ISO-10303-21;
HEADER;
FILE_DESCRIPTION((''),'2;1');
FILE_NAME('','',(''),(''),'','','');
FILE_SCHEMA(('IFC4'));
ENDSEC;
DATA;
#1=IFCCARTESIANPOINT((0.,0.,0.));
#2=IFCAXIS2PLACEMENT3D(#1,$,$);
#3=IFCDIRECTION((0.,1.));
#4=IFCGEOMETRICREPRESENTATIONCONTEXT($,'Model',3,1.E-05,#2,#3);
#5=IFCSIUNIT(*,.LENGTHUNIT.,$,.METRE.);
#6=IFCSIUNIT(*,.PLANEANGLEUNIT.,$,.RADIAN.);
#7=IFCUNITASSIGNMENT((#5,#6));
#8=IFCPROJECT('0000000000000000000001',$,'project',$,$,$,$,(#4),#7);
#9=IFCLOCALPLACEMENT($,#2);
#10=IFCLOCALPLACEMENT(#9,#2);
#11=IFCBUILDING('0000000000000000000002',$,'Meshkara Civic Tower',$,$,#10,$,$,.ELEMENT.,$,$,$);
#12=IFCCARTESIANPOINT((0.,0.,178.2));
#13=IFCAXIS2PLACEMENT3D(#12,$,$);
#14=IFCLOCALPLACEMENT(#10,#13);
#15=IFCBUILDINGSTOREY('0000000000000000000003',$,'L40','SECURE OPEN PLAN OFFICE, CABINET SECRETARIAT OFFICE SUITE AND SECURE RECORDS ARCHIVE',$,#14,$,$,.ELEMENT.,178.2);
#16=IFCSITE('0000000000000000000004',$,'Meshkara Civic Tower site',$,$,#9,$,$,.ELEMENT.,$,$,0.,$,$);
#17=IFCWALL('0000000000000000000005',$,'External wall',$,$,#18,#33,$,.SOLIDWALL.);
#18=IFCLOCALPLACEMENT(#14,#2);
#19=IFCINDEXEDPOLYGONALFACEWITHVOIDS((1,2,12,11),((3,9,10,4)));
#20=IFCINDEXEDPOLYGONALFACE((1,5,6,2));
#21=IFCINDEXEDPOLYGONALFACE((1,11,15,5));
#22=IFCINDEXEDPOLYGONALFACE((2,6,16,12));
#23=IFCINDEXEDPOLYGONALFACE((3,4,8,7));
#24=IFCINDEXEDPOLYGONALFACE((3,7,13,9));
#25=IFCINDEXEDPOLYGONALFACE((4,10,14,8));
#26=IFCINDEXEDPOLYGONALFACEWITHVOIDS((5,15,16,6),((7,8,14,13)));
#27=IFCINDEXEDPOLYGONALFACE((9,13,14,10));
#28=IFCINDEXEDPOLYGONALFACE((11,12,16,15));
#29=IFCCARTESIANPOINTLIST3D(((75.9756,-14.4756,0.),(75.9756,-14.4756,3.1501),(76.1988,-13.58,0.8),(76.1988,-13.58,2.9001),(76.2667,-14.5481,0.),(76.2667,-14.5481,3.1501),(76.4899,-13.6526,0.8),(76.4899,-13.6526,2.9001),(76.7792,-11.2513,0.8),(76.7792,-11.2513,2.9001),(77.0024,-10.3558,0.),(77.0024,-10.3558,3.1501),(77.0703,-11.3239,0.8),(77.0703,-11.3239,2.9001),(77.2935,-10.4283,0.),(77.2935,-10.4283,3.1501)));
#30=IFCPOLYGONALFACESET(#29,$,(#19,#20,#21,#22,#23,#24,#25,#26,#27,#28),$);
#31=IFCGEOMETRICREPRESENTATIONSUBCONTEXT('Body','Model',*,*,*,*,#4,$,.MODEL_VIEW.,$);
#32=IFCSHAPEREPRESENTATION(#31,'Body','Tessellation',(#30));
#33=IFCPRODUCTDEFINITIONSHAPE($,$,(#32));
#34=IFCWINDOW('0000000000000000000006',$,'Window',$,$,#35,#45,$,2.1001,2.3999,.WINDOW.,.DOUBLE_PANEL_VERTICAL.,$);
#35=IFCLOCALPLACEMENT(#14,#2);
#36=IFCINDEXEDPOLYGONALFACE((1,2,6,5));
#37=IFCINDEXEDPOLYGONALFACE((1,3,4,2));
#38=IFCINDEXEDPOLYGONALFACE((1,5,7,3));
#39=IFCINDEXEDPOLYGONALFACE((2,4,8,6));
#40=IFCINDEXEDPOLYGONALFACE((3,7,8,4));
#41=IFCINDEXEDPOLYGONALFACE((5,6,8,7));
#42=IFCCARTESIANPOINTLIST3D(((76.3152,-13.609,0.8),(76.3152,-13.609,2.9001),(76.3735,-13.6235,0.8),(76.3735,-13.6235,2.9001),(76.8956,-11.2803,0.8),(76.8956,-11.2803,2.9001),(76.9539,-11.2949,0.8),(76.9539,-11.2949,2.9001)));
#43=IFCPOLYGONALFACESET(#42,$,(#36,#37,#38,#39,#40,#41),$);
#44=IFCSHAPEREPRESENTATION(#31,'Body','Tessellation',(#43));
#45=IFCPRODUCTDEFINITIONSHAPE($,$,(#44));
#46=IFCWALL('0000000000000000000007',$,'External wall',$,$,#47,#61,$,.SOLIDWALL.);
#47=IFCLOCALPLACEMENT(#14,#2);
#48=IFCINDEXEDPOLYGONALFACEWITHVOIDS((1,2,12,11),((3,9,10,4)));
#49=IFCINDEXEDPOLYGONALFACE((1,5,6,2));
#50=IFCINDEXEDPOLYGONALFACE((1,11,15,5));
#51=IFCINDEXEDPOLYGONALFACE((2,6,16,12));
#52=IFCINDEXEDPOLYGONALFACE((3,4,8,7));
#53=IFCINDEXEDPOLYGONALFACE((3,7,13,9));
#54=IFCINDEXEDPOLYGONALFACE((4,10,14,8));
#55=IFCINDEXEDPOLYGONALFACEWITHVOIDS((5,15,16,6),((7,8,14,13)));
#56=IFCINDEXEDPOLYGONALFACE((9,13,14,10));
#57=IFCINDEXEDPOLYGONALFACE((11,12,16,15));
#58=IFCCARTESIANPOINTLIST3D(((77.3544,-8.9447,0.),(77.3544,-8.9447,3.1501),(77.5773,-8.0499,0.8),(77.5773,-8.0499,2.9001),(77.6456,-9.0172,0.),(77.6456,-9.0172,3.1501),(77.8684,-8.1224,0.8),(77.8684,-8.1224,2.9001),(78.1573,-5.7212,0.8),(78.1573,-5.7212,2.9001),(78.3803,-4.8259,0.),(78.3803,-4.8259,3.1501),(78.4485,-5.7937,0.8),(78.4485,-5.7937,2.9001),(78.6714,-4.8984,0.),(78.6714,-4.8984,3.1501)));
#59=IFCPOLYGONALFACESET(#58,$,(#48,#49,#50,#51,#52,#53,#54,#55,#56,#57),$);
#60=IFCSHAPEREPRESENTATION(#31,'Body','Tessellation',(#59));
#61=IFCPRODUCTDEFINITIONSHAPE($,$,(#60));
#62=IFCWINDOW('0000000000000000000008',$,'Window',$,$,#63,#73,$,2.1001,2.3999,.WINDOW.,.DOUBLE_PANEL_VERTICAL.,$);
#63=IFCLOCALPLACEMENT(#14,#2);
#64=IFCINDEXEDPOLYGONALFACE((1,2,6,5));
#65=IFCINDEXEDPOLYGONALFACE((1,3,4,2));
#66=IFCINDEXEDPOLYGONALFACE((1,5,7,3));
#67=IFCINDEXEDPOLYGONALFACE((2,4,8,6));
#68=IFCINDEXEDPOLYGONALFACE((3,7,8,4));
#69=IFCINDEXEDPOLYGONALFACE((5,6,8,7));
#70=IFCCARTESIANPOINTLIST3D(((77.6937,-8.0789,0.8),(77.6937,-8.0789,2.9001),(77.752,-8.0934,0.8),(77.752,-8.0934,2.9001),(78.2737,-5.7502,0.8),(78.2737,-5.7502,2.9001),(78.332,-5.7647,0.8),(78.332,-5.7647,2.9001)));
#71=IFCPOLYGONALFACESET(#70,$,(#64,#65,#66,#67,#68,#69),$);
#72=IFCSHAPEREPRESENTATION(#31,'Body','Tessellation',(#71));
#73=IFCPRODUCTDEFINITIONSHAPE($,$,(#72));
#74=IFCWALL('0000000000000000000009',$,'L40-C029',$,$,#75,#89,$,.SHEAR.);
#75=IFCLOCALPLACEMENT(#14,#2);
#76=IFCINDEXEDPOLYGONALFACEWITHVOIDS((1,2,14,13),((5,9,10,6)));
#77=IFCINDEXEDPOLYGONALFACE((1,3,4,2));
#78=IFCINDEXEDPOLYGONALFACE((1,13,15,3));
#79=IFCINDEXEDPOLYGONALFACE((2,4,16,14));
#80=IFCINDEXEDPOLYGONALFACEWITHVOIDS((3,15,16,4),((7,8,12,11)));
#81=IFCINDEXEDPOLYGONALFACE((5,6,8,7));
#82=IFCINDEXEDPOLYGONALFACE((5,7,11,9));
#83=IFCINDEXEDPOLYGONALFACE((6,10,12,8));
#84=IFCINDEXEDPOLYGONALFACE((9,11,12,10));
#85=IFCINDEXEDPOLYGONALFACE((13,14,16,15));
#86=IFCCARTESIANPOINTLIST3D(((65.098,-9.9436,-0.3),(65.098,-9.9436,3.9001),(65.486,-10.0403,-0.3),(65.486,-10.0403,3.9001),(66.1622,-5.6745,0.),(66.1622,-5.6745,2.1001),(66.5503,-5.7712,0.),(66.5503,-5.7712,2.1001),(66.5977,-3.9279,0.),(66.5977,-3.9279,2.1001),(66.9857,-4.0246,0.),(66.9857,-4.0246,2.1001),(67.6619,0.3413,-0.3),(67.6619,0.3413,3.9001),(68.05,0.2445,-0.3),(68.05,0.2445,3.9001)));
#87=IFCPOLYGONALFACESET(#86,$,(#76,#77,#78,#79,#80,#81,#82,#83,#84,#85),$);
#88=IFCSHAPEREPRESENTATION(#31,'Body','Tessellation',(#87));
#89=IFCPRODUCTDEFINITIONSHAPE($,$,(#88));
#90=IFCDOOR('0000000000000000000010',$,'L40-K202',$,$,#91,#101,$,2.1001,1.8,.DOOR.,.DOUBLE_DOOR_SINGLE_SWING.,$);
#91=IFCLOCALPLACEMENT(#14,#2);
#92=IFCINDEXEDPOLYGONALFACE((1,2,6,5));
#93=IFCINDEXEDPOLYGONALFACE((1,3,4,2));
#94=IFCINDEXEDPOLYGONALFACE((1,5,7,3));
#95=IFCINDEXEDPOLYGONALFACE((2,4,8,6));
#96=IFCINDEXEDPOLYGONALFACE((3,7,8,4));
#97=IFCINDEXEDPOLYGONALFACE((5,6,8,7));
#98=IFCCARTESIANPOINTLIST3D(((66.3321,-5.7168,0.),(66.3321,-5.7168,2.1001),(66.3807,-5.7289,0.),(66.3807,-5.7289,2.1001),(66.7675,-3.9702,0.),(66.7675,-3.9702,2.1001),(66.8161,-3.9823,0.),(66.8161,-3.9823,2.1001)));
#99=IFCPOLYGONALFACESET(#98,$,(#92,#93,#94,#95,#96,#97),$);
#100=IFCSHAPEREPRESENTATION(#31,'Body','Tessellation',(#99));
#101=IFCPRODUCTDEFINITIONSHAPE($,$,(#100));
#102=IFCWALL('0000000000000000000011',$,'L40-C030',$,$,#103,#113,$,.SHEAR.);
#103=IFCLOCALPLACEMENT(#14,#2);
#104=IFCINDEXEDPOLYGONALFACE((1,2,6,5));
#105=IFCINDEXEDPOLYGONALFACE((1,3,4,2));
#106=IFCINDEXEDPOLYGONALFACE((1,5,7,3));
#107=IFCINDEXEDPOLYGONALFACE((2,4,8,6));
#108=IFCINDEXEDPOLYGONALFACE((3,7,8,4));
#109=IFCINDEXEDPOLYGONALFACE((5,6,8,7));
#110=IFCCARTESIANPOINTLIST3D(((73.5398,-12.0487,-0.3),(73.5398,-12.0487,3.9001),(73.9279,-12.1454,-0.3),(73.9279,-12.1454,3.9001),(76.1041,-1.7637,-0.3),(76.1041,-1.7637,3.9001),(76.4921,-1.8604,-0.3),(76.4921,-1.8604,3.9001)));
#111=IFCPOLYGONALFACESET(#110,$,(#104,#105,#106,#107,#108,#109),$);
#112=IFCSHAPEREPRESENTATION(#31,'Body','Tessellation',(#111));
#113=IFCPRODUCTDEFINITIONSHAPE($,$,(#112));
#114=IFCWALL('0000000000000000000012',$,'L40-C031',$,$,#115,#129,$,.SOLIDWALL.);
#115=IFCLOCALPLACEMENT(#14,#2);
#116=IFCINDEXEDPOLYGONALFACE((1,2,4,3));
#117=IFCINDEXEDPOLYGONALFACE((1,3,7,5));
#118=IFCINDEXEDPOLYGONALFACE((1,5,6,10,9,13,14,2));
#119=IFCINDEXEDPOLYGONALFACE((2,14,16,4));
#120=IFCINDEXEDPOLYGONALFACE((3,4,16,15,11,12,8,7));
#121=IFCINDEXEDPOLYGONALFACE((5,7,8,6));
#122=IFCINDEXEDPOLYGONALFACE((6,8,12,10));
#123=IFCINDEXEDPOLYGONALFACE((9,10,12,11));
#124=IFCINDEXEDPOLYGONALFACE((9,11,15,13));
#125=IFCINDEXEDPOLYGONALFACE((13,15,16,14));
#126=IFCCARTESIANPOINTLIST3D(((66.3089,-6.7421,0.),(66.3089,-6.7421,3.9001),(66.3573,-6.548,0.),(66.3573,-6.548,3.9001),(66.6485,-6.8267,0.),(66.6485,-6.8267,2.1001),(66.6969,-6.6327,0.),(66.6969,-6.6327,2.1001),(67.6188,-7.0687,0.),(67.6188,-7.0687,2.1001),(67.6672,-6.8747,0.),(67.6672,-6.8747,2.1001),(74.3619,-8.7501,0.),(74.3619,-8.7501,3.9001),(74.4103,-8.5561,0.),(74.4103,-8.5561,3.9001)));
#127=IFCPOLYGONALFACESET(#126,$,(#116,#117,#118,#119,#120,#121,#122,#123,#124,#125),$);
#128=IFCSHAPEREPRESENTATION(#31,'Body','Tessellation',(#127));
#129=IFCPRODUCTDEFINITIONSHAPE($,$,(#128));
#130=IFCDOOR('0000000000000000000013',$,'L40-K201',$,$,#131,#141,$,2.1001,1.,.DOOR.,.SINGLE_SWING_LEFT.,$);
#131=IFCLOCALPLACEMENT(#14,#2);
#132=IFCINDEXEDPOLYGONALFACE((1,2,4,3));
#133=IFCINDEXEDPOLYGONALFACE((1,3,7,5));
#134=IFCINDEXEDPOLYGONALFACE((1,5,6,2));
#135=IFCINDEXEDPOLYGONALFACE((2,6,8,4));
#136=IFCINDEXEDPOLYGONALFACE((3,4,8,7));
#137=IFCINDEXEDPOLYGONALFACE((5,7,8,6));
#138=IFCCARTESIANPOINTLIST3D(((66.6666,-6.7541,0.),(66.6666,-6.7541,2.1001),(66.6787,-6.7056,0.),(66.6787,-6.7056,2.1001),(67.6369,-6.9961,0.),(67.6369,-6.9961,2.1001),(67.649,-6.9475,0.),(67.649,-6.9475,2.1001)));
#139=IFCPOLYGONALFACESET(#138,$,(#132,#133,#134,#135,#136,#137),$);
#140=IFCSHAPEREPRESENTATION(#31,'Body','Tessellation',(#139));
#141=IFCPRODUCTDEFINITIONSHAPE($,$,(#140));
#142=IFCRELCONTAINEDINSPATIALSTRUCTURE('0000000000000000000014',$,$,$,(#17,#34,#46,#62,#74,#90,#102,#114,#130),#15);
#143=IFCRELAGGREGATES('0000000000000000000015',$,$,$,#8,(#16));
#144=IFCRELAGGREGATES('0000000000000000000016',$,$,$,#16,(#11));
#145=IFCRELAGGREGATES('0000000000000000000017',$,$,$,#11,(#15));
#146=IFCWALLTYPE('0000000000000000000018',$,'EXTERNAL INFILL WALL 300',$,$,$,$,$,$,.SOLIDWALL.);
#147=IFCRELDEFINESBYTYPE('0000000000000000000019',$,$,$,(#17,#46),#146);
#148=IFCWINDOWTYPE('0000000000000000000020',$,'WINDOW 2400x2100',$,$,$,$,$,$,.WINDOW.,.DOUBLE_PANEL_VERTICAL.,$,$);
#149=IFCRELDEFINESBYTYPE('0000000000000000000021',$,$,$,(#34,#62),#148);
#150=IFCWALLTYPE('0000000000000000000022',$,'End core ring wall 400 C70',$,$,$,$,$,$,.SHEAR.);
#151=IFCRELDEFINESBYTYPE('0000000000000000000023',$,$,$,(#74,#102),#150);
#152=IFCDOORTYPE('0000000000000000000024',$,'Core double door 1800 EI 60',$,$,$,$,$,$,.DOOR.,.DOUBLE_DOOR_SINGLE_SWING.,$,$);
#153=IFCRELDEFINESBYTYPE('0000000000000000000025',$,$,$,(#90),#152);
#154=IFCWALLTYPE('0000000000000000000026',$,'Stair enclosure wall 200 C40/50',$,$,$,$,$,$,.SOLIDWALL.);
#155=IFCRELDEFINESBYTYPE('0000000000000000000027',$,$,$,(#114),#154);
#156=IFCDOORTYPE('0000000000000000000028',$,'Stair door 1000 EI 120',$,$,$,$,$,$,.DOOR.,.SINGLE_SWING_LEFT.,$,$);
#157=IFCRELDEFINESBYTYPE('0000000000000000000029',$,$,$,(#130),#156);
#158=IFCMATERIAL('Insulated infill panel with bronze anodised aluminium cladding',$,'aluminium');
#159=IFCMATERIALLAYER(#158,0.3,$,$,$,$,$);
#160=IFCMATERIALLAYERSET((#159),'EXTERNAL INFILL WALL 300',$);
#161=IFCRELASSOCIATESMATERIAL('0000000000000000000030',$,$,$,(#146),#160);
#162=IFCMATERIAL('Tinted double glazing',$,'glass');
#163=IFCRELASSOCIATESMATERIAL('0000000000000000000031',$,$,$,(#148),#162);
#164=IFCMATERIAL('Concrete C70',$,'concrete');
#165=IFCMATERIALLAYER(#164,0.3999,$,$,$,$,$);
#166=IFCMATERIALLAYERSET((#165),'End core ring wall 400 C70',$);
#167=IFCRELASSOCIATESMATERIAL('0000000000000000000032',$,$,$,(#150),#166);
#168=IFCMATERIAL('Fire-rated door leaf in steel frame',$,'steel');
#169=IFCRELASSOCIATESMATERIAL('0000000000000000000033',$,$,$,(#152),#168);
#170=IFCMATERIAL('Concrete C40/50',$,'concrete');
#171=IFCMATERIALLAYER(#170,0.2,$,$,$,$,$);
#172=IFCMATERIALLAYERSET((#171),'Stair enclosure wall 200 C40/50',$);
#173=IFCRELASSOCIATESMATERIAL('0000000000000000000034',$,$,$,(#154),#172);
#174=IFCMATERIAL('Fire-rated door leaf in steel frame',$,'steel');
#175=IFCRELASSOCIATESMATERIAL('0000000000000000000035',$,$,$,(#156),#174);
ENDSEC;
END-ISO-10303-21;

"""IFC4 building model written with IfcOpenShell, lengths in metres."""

from ifc_helpers import new_model, si_unit, direction, frame, frame_2d, origin, place, context, subcontext, project, spatial, rectangle, extrude, material, layer, layer_set, type_object, element, fill, save


model = new_model("IFC4")

# Units and contexts
model_context = context("Model", 3, precision=1e-05, world=origin(), true_north=direction((0.0, 1.0)))
body_context = subcontext(model_context, "Body", "Model", "MODEL_VIEW")
ifc_project = project(units=[si_unit("LENGTHUNIT", "METRE"), si_unit("PLANEANGLEUNIT", "RADIAN")], contexts=[model_context])

# Site, building, storey
site_placement = place(None, origin())
site = spatial("IfcSite", under=ifc_project, at=site_placement, Name="Meshkara Civic Tower site", CompositionType="ELEMENT", RefElevation=0.0)
building_placement = place(site_placement, origin())
building = spatial("IfcBuilding", under=site, at=building_placement, Name="Meshkara Civic Tower", CompositionType="ELEMENT")
storey_placement = place(building_placement, frame((0.0, 0.0, 178.2)))
storey = spatial("IfcBuildingStorey", under=building, at=storey_placement, Name="L40", Description="SECURE OPEN PLAN OFFICE, CABINET SECRETARIAT OFFICE SUITE AND SECURE RECORDS ARCHIVE", CompositionType="ELEMENT", Elevation=178.2)

# Walls, openings, windows
ifc_material_1 = material(Name="Insulated infill panel with bronze anodised aluminium cladding", Category="aluminium")
ifc_layer_1 = layer(ifc_material_1, 0.3)
ifc_layer_set_1 = layer_set([ifc_layer_1], Name="EXTERNAL INFILL WALL 300")
wall_type_1 = type_object("IfcWallType", Name="EXTERNAL INFILL WALL 300", PredefinedType="SOLIDWALL", material=ifc_layer_set_1)
ifc_material_2 = material(Name="Tinted double glazing", Category="glass")
window_type_1 = type_object("IfcWindowType", Name="WINDOW 2400x2100", PartitioningType="DOUBLE_PANEL_VERTICAL", PredefinedType="WINDOW", material=ifc_material_2)
wall_1_placement = place(storey_placement, frame((76.1211, -14.512, 0.0), z_axis=(0.0, 0.0, 1.0), x_axis=(0.241846, 0.970315, 0.0)))
wall_1 = element("IfcWall", 1, at=wall_1_placement, inside=storey, type_object=wall_type_1, Name="External wall", PredefinedType="SOLIDWALL", context=body_context, shape_type="SweptSolid", body=[
    extrude(rectangle(XDim=4.2458, YDim=0.3, at=frame_2d((2.123, 0.0))), origin(), (0.0, 0.0, 1.0), 3.1501),
])
opening_1_placement = place(wall_1_placement, frame((0.9231, 0.0, 0.8)))
opening_1 = element("IfcOpeningElement", 2, at=opening_1_placement, cuts=wall_1, PredefinedType="OPENING", context=body_context, shape_type="SweptSolid", body=[
    extrude(rectangle(XDim=2.3999, YDim=2.1001, at=frame_2d((1.2, 1.05))), frame((0.0, 0.1599, 0.0), z_axis=(0.0, -1.0, 0.0), x_axis=(1.0, 0.0, 0.0)), (0.0, 0.0, 1.0), 0.3201),
])
window_1_placement = place(opening_1_placement, origin())
window_1 = element("IfcWindow", 3, at=window_1_placement, inside=storey, type_object=window_type_1, Name="Window", OverallHeight=2.1001, OverallWidth=2.3999, PartitioningType="DOUBLE_PANEL_VERTICAL", PredefinedType="WINDOW", context=body_context, shape_type="SweptSolid", body=[
    extrude(rectangle(XDim=2.3999, YDim=2.1001, at=frame_2d((1.2, 1.05))), frame((0.0, 0.03, 0.0), z_axis=(0.0, -1.0, 0.0), x_axis=(1.0, 0.0, 0.0)), (0.0, 0.0, 1.0), 0.0601),
])
fill(opening_1, window_1)
wall_2_placement = place(storey_placement, frame((77.5, -8.981, 0.0), z_axis=(0.0, 0.0, 1.0), x_axis=(0.241683, 0.970355, 0.0)))
wall_2 = element("IfcWall", 4, at=wall_2_placement, inside=storey, type_object=wall_type_1, Name="External wall", PredefinedType="SOLIDWALL", context=body_context, shape_type="SweptSolid", body=[
    extrude(rectangle(XDim=4.2446, YDim=0.3, at=frame_2d((2.1223, 0.0))), origin(), (0.0, 0.0, 1.0), 3.1501),
])
opening_2_placement = place(wall_2_placement, frame((0.9221, 0.0, 0.8)))
opening_2 = element("IfcOpeningElement", 5, at=opening_2_placement, cuts=wall_2, PredefinedType="OPENING", context=body_context, shape_type="SweptSolid", body=[
    extrude(rectangle(XDim=2.3999, YDim=2.1001, at=frame_2d((1.2, 1.05))), frame((0.0, 0.1599, 0.0), z_axis=(0.0, -1.0, 0.0), x_axis=(1.0, 0.0, 0.0)), (0.0, 0.0, 1.0), 0.3201),
])
window_2_placement = place(opening_2_placement, origin())
window_2 = element("IfcWindow", 6, at=window_2_placement, inside=storey, type_object=window_type_1, Name="Window", OverallHeight=2.1001, OverallWidth=2.3999, PartitioningType="DOUBLE_PANEL_VERTICAL", PredefinedType="WINDOW", context=body_context, shape_type="SweptSolid", body=[
    extrude(rectangle(XDim=2.3999, YDim=2.1001, at=frame_2d((1.2, 1.05))), frame((0.0, 0.03, 0.0), z_axis=(0.0, -1.0, 0.0), x_axis=(1.0, 0.0, 0.0)), (0.0, 0.0, 1.0), 0.0601),
])
fill(opening_2, window_2)

# Wall, opening, door
ifc_material_3 = material(Name="Concrete C70", Category="concrete")
ifc_layer_2 = layer(ifc_material_3, 0.3999)
ifc_layer_set_2 = layer_set([ifc_layer_2], Name="End core ring wall 400 C70")
wall_type_2 = type_object("IfcWallType", Name="End core ring wall 400 C70", PredefinedType="SHEAR", material=ifc_layer_set_2)
wall_3_placement = place(storey_placement, frame((65.292, -9.9919, -0.3), z_axis=(0.0, 0.0, 1.0), x_axis=(0.241891, 0.970304, 0.0)))
wall_3 = element("IfcWall", 7, at=wall_3_placement, inside=storey, type_object=wall_type_2, Name="L40-C029", PredefinedType="SHEAR", context=body_context, shape_type="SweptSolid", body=[
    extrude(rectangle(XDim=10.5996, YDim=0.3999, at=frame_2d((5.2998, 0.0))), origin(), (0.0, 0.0, 1.0), 4.2002),
])
opening_3_placement = place(wall_3_placement, frame((4.3999, 0.0, 0.3)))
opening_3 = element("IfcOpeningElement", 8, at=opening_3_placement, cuts=wall_3, PredefinedType="OPENING", context=body_context, shape_type="SweptSolid", body=[
    extrude(rectangle(XDim=1.8, YDim=2.1001, at=frame_2d((0.8999, 1.05))), frame((0.0, 0.21, 0.0), z_axis=(0.0, -1.0, 0.0), x_axis=(1.0, 0.0, 0.0)), (0.0, 0.0, 1.0), 0.4199),
])
ifc_material_4 = material(Name="Fire-rated door leaf in steel frame", Category="steel")
door_type_1 = type_object("IfcDoorType", Name="Core double door 1800 EI 60", OperationType="DOUBLE_DOOR_SINGLE_SWING", PredefinedType="DOOR", material=ifc_material_4)
door_1_placement = place(opening_3_placement, origin())
door_1 = element("IfcDoor", 9, at=door_1_placement, inside=storey, type_object=door_type_1, Name="L40-K202", OperationType="DOUBLE_DOOR_SINGLE_SWING", OverallHeight=2.1001, OverallWidth=1.8, PredefinedType="DOOR", context=body_context, shape_type="SweptSolid", body=[
    extrude(rectangle(XDim=1.8, YDim=2.1001, at=frame_2d((0.8999, 1.05))), frame((0.0, 0.0249, 0.0), z_axis=(0.0, -1.0, 0.0), x_axis=(1.0, 0.0, 0.0)), (0.0, 0.0, 1.0), 0.05),
])
fill(opening_3, door_1)

# Wall
wall_4_placement = place(storey_placement, frame((73.7339, -12.0969, -0.3), z_axis=(0.0, 0.0, 1.0), x_axis=(0.241912, 0.970298, 0.0)))
element("IfcWall", 10, at=wall_4_placement, inside=storey, type_object=wall_type_2, Name="L40-C030", PredefinedType="SHEAR", context=body_context, shape_type="SweptSolid", body=[
    extrude(rectangle(XDim=10.5999, YDim=0.3999, at=frame_2d((5.2998, 0.0))), origin(), (0.0, 0.0, 1.0), 4.2002),
])

# Wall, opening, door
ifc_material_5 = material(Name="Concrete C40/50", Category="concrete")
ifc_layer_3 = layer(ifc_material_5, 0.2)
ifc_layer_set_3 = layer_set([ifc_layer_3], Name="Stair enclosure wall 200 C40/50")
wall_type_3 = type_object("IfcWallType", Name="Stair enclosure wall 200 C40/50", PredefinedType="SOLIDWALL", material=ifc_layer_set_3)
wall_5_placement = place(storey_placement, frame((66.333, -6.645, 0.0), z_axis=(0.0, 0.0, 1.0), x_axis=(0.970289, -0.241947, 0.0)))
wall_5 = element("IfcWall", 11, at=wall_5_placement, inside=storey, type_object=wall_type_3, Name="L40-C031", PredefinedType="SOLIDWALL", context=body_context, shape_type="SweptSolid", body=[
    extrude(rectangle(XDim=8.2996, YDim=0.2, at=frame_2d((4.1499, 0.0))), origin(), (0.0, 0.0, 1.0), 3.9001),
])
opening_4_placement = place(wall_5_placement, frame((0.3501, 0.0, 0.0)))
opening_4 = element("IfcOpeningElement", 12, at=opening_4_placement, cuts=wall_5, PredefinedType="OPENING", context=body_context, shape_type="SweptSolid", body=[
    extrude(rectangle(XDim=1.0, YDim=2.1001, at=frame_2d((0.5, 1.05))), frame((0.0, 0.1099, 0.0), z_axis=(0.0, -1.0, 0.0), x_axis=(1.0, 0.0, 0.0)), (0.0, 0.0, 1.0), 0.22),
])
ifc_material_6 = material(Name="Fire-rated door leaf in steel frame", Category="steel")
door_type_2 = type_object("IfcDoorType", Name="Stair door 1000 EI 120", OperationType="SINGLE_SWING_LEFT", PredefinedType="DOOR", material=ifc_material_6)
door_2_placement = place(opening_4_placement, origin())
door_2 = element("IfcDoor", 13, at=door_2_placement, inside=storey, type_object=door_type_2, Name="L40-K201", OperationType="SINGLE_SWING_LEFT", OverallHeight=2.1001, OverallWidth=1.0, PredefinedType="DOOR", context=body_context, shape_type="SweptSolid", body=[
    extrude(rectangle(XDim=1.0, YDim=2.1001, at=frame_2d((0.5, 1.05))), frame((0.0, 0.0249, 0.0), z_axis=(0.0, -1.0, 0.0), x_axis=(1.0, 0.0, 0.0)), (0.0, 0.0, 1.0), 0.05),
])
fill(opening_4, door_2)

save(model, "model.ifc")
